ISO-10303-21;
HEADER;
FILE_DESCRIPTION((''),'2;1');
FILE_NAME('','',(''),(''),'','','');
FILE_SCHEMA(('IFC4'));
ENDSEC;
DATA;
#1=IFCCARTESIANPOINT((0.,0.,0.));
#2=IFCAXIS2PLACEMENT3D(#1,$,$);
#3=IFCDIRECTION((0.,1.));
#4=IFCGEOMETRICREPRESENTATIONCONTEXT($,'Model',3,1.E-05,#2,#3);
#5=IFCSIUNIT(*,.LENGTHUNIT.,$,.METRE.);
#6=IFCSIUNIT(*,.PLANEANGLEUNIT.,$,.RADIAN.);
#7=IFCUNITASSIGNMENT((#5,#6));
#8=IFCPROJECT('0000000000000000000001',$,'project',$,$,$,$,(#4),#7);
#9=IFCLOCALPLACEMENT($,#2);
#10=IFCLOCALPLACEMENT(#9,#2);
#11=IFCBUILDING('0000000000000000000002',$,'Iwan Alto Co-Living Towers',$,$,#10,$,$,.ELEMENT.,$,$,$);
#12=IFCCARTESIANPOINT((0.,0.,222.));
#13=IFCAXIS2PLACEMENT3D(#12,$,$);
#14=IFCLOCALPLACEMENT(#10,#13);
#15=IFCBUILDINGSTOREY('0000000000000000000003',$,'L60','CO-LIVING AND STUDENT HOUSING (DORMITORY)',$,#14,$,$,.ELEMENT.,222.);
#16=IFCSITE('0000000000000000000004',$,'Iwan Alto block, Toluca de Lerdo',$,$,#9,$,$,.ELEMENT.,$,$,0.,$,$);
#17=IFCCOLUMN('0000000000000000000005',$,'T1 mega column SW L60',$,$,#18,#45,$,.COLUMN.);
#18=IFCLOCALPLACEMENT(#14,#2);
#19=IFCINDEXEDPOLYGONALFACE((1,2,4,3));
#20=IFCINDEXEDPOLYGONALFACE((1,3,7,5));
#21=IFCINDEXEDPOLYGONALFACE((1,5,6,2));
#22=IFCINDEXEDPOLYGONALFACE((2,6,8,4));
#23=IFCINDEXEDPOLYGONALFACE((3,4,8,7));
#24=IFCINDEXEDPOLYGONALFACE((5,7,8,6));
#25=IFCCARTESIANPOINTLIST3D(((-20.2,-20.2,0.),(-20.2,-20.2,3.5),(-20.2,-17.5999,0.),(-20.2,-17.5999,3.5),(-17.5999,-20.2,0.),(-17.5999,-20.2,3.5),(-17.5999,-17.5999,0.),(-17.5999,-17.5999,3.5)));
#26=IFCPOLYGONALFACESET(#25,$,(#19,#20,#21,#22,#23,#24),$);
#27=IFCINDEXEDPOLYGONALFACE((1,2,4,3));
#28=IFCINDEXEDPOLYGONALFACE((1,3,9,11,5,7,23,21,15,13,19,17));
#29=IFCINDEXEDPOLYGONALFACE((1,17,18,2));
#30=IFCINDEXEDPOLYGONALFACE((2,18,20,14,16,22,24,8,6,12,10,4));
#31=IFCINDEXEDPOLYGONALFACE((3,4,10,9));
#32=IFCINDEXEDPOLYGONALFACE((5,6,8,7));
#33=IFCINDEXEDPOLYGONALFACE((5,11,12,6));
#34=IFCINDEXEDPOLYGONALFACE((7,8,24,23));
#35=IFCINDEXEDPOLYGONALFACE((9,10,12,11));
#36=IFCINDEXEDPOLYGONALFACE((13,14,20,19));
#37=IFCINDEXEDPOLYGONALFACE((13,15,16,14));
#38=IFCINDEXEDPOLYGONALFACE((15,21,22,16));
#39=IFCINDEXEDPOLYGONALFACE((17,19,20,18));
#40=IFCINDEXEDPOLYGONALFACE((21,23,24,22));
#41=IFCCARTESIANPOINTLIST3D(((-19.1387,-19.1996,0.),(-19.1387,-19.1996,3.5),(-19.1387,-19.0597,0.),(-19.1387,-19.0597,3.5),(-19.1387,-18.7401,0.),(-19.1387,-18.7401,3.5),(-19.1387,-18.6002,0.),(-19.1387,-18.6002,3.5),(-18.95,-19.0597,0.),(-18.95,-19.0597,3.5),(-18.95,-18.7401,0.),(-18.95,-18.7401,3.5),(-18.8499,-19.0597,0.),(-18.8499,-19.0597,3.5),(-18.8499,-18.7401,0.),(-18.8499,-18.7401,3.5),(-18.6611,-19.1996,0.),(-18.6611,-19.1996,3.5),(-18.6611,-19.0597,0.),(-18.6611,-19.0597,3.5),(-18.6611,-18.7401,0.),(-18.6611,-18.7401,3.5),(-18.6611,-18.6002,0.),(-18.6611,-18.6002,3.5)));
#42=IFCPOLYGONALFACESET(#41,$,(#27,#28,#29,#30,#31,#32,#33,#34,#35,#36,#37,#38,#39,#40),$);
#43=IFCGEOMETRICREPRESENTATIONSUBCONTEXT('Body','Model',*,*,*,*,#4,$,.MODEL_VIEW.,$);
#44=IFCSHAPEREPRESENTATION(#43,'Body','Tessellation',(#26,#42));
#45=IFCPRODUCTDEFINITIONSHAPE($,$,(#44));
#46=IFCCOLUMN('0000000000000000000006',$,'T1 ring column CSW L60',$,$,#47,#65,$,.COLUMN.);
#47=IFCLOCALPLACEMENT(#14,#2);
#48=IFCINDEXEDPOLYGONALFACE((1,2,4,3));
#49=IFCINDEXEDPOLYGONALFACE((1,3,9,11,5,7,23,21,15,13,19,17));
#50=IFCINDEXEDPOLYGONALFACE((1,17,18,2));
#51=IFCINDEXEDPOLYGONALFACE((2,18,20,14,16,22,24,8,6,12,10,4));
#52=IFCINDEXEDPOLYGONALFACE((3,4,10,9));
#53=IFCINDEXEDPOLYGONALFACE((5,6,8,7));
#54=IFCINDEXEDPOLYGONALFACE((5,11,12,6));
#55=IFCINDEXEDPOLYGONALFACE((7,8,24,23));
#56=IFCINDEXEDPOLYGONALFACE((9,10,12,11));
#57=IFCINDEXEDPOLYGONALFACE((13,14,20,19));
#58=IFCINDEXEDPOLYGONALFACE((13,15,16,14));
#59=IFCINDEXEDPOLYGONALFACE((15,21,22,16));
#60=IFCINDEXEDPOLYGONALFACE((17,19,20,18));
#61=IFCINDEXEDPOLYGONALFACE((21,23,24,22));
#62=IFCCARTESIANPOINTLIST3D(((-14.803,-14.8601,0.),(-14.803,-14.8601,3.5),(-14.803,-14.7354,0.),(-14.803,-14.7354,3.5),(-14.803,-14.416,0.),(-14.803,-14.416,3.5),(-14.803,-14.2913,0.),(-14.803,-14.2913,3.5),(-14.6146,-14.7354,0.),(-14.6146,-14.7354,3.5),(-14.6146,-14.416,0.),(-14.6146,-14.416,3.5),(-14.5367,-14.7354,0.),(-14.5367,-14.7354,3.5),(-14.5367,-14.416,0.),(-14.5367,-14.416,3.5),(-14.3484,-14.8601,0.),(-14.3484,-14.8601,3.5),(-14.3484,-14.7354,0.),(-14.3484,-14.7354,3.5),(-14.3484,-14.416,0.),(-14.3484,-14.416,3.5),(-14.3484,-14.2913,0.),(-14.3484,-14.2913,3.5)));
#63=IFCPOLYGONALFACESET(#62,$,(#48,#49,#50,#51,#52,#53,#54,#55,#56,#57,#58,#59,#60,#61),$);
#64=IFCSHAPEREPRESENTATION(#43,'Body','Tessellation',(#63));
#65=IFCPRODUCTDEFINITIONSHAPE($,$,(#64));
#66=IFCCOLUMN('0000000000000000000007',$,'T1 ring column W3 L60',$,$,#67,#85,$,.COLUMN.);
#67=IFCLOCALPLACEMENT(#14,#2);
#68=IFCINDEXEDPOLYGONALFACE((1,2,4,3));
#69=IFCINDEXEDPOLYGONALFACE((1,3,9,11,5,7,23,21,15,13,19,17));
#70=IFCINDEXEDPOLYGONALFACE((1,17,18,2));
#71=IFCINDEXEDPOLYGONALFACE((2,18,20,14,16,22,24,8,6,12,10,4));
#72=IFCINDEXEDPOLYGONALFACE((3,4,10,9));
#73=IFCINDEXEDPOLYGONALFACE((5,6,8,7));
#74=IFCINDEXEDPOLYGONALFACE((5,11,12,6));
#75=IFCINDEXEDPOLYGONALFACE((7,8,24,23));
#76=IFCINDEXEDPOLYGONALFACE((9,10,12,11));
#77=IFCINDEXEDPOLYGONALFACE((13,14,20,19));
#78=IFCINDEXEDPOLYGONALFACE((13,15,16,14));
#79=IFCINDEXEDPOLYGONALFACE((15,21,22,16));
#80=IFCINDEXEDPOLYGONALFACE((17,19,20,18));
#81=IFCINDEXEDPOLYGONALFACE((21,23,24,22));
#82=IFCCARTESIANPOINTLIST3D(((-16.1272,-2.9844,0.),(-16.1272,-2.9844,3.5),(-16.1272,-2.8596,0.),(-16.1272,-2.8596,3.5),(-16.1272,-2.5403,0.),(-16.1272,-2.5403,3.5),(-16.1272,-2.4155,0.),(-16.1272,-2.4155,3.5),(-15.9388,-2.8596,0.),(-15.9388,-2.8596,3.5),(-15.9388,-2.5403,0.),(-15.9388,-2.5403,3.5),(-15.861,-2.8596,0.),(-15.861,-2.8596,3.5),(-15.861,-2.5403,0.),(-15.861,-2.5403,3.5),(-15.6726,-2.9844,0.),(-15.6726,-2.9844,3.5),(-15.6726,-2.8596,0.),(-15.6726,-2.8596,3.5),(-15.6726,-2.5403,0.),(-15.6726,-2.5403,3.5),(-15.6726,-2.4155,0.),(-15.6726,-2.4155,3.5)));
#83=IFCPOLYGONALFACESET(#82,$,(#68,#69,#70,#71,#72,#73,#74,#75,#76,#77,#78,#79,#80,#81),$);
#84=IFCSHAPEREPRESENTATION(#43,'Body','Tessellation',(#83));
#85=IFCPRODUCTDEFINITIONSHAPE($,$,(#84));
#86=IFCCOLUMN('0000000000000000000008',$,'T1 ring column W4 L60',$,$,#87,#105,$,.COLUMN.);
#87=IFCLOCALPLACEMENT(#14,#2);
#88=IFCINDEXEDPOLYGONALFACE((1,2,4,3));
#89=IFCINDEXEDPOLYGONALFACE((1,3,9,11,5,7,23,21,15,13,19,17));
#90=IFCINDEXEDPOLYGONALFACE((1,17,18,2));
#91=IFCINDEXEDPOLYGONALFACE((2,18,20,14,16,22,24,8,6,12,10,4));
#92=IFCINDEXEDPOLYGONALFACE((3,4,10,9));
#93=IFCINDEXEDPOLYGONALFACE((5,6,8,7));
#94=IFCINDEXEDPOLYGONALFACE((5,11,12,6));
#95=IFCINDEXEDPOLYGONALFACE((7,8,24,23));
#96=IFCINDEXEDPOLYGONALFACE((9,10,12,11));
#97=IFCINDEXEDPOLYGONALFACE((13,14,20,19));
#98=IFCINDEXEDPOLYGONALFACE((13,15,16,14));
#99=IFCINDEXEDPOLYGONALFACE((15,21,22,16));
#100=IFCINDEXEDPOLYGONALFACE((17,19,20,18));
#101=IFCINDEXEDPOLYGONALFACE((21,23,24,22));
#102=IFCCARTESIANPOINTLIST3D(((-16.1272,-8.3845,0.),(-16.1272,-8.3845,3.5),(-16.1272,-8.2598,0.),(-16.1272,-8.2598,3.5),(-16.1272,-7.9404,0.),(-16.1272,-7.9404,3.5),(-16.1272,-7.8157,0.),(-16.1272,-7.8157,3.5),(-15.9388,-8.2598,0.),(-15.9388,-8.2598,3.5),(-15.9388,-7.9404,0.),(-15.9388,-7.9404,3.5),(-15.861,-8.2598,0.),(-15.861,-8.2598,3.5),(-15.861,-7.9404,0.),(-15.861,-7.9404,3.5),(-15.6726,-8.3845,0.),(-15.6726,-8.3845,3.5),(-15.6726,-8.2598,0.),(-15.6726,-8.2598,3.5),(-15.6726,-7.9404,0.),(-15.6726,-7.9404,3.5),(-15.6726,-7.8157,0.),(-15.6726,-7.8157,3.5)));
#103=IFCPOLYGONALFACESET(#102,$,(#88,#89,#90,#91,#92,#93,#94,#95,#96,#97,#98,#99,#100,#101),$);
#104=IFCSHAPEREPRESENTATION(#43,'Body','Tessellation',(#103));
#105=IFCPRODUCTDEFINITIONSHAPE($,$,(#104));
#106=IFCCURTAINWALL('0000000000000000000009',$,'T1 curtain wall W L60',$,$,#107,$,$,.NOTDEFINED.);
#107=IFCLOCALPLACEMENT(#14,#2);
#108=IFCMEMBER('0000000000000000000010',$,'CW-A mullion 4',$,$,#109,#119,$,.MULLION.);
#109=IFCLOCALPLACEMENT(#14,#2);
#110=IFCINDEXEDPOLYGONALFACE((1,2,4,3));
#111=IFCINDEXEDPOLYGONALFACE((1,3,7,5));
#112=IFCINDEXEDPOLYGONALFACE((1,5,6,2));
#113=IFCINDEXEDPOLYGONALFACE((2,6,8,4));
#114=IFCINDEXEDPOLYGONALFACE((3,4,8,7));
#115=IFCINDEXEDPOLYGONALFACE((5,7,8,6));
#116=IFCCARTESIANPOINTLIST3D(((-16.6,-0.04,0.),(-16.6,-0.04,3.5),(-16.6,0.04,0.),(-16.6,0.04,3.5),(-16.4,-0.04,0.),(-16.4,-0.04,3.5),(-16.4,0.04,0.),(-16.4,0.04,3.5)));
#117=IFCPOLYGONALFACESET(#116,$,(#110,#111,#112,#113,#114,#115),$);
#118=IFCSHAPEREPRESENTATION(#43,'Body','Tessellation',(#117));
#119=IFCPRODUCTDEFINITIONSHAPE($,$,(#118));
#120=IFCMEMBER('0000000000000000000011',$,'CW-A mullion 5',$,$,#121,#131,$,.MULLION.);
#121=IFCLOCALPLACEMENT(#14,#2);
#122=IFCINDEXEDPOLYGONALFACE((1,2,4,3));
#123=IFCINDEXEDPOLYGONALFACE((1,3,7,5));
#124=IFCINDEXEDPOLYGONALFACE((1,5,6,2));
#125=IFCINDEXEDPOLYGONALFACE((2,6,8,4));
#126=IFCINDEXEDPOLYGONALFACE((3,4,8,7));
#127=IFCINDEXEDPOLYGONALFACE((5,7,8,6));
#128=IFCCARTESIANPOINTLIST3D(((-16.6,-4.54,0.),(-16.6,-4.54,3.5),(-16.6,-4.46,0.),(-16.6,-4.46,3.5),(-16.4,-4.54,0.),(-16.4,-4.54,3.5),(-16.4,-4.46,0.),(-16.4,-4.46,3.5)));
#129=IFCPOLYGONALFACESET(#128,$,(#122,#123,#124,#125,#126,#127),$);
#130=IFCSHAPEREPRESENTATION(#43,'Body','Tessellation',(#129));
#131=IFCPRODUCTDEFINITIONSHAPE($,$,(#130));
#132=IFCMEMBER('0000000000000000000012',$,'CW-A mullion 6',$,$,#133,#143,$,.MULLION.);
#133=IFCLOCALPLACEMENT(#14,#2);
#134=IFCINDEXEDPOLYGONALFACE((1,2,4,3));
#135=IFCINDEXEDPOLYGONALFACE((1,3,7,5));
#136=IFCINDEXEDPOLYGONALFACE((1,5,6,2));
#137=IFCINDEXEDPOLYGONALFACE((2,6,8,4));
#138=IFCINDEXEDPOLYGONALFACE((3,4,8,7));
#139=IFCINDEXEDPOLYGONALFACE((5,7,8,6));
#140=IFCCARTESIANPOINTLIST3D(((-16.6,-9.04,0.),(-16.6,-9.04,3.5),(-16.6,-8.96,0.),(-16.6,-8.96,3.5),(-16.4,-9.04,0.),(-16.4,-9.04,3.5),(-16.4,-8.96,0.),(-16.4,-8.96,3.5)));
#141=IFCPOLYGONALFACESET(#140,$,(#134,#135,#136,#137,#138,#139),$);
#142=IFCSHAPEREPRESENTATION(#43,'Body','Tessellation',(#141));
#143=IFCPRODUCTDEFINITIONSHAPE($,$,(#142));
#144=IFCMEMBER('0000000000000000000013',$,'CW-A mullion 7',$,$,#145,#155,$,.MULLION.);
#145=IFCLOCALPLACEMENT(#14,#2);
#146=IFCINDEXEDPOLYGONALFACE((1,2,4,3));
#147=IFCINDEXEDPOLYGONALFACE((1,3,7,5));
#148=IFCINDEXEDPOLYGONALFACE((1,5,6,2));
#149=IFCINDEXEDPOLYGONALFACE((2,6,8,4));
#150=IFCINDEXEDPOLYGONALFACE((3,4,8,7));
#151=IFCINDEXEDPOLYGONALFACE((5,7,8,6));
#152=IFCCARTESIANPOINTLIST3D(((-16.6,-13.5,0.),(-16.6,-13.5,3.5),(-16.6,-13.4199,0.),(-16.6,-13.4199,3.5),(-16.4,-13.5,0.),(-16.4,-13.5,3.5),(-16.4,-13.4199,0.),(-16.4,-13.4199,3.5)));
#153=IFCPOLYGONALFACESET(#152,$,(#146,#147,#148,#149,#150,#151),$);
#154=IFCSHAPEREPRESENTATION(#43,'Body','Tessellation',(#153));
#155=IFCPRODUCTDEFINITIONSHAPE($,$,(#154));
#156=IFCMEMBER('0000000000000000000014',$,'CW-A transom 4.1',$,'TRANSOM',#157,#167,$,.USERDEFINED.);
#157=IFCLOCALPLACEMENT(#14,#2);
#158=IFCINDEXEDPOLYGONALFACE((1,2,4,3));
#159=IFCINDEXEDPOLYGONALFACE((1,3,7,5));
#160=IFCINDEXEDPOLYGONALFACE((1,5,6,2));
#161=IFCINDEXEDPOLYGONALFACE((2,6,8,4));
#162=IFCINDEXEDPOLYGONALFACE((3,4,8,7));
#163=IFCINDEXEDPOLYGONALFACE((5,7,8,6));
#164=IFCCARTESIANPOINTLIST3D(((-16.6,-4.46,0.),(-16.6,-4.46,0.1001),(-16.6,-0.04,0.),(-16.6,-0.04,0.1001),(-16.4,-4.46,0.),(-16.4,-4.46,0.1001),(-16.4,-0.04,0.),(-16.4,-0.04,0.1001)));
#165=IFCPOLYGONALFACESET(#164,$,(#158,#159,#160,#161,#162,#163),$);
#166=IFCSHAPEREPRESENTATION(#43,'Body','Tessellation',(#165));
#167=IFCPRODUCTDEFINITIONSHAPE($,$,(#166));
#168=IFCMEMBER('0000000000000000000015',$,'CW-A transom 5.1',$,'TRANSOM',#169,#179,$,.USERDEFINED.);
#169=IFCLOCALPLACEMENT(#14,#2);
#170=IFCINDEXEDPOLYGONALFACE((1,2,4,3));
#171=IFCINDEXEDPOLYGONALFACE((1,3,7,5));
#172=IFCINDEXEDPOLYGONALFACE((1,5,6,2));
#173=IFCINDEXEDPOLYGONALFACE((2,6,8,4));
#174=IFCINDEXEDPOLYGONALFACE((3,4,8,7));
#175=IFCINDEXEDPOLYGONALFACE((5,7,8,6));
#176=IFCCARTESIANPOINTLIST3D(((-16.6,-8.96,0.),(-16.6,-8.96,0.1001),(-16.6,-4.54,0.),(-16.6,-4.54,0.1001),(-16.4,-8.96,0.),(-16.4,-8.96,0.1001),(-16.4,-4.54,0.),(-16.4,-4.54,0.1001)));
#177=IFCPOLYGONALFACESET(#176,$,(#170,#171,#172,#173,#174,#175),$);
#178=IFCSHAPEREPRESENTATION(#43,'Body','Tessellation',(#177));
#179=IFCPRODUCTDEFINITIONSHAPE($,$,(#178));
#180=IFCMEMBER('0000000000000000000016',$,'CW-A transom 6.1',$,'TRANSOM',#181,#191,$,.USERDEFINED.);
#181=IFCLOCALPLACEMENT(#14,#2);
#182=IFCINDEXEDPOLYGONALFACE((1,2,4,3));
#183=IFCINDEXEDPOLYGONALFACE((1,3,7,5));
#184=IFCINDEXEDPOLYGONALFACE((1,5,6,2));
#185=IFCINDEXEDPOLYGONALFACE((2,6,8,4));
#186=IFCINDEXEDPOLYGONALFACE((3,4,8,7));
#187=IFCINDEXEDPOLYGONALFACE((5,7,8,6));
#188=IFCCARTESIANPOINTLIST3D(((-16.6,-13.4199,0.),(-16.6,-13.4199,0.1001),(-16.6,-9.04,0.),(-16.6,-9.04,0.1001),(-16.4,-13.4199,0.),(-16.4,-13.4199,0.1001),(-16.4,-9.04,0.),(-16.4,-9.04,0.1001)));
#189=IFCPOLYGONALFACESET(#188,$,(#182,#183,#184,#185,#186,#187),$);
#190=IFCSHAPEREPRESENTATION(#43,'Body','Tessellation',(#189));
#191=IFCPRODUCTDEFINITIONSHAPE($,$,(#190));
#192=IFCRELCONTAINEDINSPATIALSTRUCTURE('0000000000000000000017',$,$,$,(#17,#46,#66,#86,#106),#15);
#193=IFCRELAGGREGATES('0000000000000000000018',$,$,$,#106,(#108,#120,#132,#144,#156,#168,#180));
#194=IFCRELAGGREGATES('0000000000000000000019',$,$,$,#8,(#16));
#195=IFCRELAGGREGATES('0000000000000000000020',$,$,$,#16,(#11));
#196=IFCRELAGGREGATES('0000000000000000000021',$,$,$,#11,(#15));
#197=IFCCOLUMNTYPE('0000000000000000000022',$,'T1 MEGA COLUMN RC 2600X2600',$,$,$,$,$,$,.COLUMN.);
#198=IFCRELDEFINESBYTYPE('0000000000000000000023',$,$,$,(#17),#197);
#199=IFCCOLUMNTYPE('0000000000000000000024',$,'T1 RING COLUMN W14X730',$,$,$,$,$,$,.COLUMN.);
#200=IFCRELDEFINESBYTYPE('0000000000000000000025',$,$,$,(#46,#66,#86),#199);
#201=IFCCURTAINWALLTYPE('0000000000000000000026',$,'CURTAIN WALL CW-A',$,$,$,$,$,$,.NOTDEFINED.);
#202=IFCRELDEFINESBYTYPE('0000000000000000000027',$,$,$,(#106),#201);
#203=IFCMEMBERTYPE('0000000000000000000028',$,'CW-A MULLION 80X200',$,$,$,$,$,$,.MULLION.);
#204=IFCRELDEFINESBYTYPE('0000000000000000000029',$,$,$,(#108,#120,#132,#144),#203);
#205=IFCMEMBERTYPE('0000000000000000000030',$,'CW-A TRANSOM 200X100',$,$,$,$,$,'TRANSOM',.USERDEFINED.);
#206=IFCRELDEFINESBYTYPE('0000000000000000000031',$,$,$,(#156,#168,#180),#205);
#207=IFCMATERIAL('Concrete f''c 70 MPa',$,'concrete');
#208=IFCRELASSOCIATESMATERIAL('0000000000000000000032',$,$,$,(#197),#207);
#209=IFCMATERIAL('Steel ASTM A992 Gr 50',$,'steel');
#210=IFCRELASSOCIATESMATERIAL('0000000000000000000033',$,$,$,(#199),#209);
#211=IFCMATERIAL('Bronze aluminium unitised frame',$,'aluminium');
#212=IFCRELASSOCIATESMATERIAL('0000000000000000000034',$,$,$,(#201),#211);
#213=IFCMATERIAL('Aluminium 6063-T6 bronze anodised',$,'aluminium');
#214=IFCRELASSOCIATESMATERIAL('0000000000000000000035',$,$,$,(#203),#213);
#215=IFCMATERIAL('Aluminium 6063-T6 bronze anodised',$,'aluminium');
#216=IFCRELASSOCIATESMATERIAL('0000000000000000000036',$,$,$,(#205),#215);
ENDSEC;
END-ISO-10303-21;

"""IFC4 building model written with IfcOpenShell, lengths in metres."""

from ifc_helpers import new_model, si_unit, direction, frame, origin, origin_2d, place, context, subcontext, project, spatial, rectangle, i_section, extrude, material, material_profile, profile_set, type_object, element, aggregate, save


model = new_model("IFC4")

# Units and contexts
model_context = context("Model", 3, precision=1e-05, world=origin(), true_north=direction((0.0, 1.0)))
body_context = subcontext(model_context, "Body", "Model", "MODEL_VIEW")
ifc_project = project(units=[si_unit("LENGTHUNIT", "METRE"), si_unit("PLANEANGLEUNIT", "RADIAN")], contexts=[model_context])

# Site, building, storey
site_placement = place(None, origin())
site = spatial("IfcSite", under=ifc_project, at=site_placement, Name="Iwan Alto block, Toluca de Lerdo", CompositionType="ELEMENT", RefElevation=0.0)
building_placement = place(site_placement, origin())
building = spatial("IfcBuilding", under=site, at=building_placement, Name="Iwan Alto Co-Living Towers", CompositionType="ELEMENT")
storey_placement = place(building_placement, frame((0.0, 0.0, 222.0)))
storey = spatial("IfcBuildingStorey", under=building, at=storey_placement, Name="L60", Description="CO-LIVING AND STUDENT HOUSING (DORMITORY)", CompositionType="ELEMENT", Elevation=222.0)

# Columns
ifc_material_1 = material(Name="Concrete f'c 70 MPa", Category="concrete")
ifc_material_profile_1 = material_profile(ifc_material_1, rectangle(XDim=2.6001, YDim=2.6001, at=origin_2d()), Name="RC 2600X2600")
ifc_profile_set_1 = profile_set([ifc_material_profile_1], Name="Concrete f'c 70 MPa")
column_type_1 = type_object("IfcColumnType", Name="T1 MEGA COLUMN RC 2600X2600", PredefinedType="COLUMN", material=ifc_profile_set_1)
column_placement = place(storey_placement, frame((-18.8999, -18.8999, 0.0), z_axis=(0.0, 0.0, 1.0), x_axis=(1.0, 0.0, 0.0)))
element("IfcColumn", 1, at=column_placement, inside=storey, type_object=column_type_1, Name="T1 mega column SW L60", PredefinedType="COLUMN", context=body_context, shape_type="SweptSolid", body=[
    extrude(rectangle(XDim=2.6001, YDim=2.6001, at=origin_2d()), origin(), (0.0, 0.0, 1.0), 3.5),
    extrude(i_section(OverallWidth=0.4775, OverallDepth=0.5994, WebThickness=0.1001, FlangeThickness=0.1399, at=origin_2d()), origin(), (0.0, 0.0, 1.0), 3.5),
])
ifc_material_2 = material(Name="Steel ASTM A992 Gr 50", Category="steel")
ifc_material_profile_2 = material_profile(ifc_material_2, i_section(OverallWidth=0.4546, OverallDepth=0.5688, WebThickness=0.0779, FlangeThickness=0.1248, at=origin_2d()), Name="W14X730")
ifc_profile_set_2 = profile_set([ifc_material_profile_2], Name="Steel ASTM A992 Gr 50")
column_type_2 = type_object("IfcColumnType", Name="T1 RING COLUMN W14X730", PredefinedType="COLUMN", material=ifc_profile_set_2)
for number, where, z_axis, x_axis, name in (
    (2, (-14.5757, -14.5757, 0.0), (0.0, 0.0, 1.0), (1.0, 0.0, 0.0), "T1 ring column CSW L60"),
    (3, (-15.8999, -2.7, 0.0), (0.0, 0.0, 1.0), (1.0, 0.0, 0.0), "T1 ring column W3 L60"),
    (4, (-15.8999, -8.1001, 0.0), (0.0, 0.0, 1.0), (1.0, 0.0, 0.0), "T1 ring column W4 L60"),
):
    element("IfcColumn", number, at=place(storey_placement, frame(where, z_axis=z_axis, x_axis=x_axis)), inside=storey, type_object=column_type_2, Name=name, PredefinedType="COLUMN", context=body_context, shape_type="SweptSolid", body=[
        extrude(i_section(OverallWidth=0.4546, OverallDepth=0.5688, WebThickness=0.0779, FlangeThickness=0.1248, at=origin_2d()), origin(), (0.0, 0.0, 1.0), 3.5),
    ])

# Curtain wall, members
ifc_material_3 = material(Name="Bronze aluminium unitised frame", Category="aluminium")
curtain_wall_type_1 = type_object("IfcCurtainWallType", Name="CURTAIN WALL CW-A", PredefinedType="NOTDEFINED", material=ifc_material_3)
curtain_wall_1_placement = place(storey_placement, origin())
curtain_wall_1 = element("IfcCurtainWall", 5, at=curtain_wall_1_placement, inside=storey, type_object=curtain_wall_type_1, Name="T1 curtain wall W L60", PredefinedType="NOTDEFINED")
ifc_material_4 = material(Name="Aluminium 6063-T6 bronze anodised", Category="aluminium")
ifc_material_profile_3 = material_profile(ifc_material_4, rectangle(XDim=0.2, YDim=0.0801, at=origin_2d()), Name="AL 80X200")
ifc_profile_set_3 = profile_set([ifc_material_profile_3], Name="Aluminium 6063-T6 bronze anodised")
member_type_1 = type_object("IfcMemberType", Name="CW-A MULLION 80X200", PredefinedType="MULLION", material=ifc_profile_set_3)
member_1_placement = place(storey_placement, frame((-16.5, 0.0, 0.0), z_axis=(0.0, 0.0, 1.0), x_axis=(1.0, 0.0, 0.0)))
member_1 = element("IfcMember", 6, at=member_1_placement, type_object=member_type_1, Name="CW-A mullion 4", PredefinedType="MULLION", context=body_context, shape_type="SweptSolid", body=[
    extrude(rectangle(XDim=0.2, YDim=0.0801, at=origin_2d()), origin(), (0.0, 0.0, 1.0), 3.5),
])
member_2_placement = place(storey_placement, frame((-16.5, -4.5, 0.0), z_axis=(0.0, 0.0, 1.0), x_axis=(1.0, 0.0, 0.0)))
member_2 = element("IfcMember", 7, at=member_2_placement, type_object=member_type_1, Name="CW-A mullion 5", PredefinedType="MULLION", context=body_context, shape_type="SweptSolid", body=[
    extrude(rectangle(XDim=0.2, YDim=0.0801, at=origin_2d()), origin(), (0.0, 0.0, 1.0), 3.5),
])
member_3_placement = place(storey_placement, frame((-16.5, -9.0, 0.0), z_axis=(0.0, 0.0, 1.0), x_axis=(1.0, 0.0, 0.0)))
member_3 = element("IfcMember", 8, at=member_3_placement, type_object=member_type_1, Name="CW-A mullion 6", PredefinedType="MULLION", context=body_context, shape_type="SweptSolid", body=[
    extrude(rectangle(XDim=0.2, YDim=0.0801, at=origin_2d()), origin(), (0.0, 0.0, 1.0), 3.5),
])
member_4_placement = place(storey_placement, frame((-16.5, -13.46, 0.0), z_axis=(0.0, 0.0, 1.0), x_axis=(1.0, 0.0, 0.0)))
member_4 = element("IfcMember", 9, at=member_4_placement, type_object=member_type_1, Name="CW-A mullion 7", PredefinedType="MULLION", context=body_context, shape_type="SweptSolid", body=[
    extrude(rectangle(XDim=0.2, YDim=0.0801, at=origin_2d()), origin(), (0.0, 0.0, 1.0), 3.5),
])
ifc_material_5 = material(Name="Aluminium 6063-T6 bronze anodised", Category="aluminium")
ifc_material_profile_4 = material_profile(ifc_material_5, rectangle(XDim=0.2, YDim=0.1001, at=origin_2d()), Name="AL 200X100")
ifc_profile_set_4 = profile_set([ifc_material_profile_4], Name="Aluminium 6063-T6 bronze anodised")
member_type_2 = type_object("IfcMemberType", Name="CW-A TRANSOM 200X100", ElementType="TRANSOM", PredefinedType="USERDEFINED", material=ifc_profile_set_4)
member_5_placement = place(storey_placement, frame((-16.5, -0.04, 0.05), z_axis=(0.0, -1.0, 0.0), x_axis=(1.0, 0.0, 0.0)))
member_5 = element("IfcMember", 10, at=member_5_placement, type_object=member_type_2, Name="CW-A transom 4.1", ObjectType="TRANSOM", PredefinedType="USERDEFINED", context=body_context, shape_type="SweptSolid", body=[
    extrude(rectangle(XDim=0.2, YDim=0.1001, at=origin_2d()), origin(), (0.0, 0.0, 1.0), 4.4199),
])
member_6_placement = place(storey_placement, frame((-16.5, -4.54, 0.05), z_axis=(0.0, -1.0, 0.0), x_axis=(1.0, 0.0, 0.0)))
member_6 = element("IfcMember", 11, at=member_6_placement, type_object=member_type_2, Name="CW-A transom 5.1", ObjectType="TRANSOM", PredefinedType="USERDEFINED", context=body_context, shape_type="SweptSolid", body=[
    extrude(rectangle(XDim=0.2, YDim=0.1001, at=origin_2d()), origin(), (0.0, 0.0, 1.0), 4.4199),
])
member_7_placement = place(storey_placement, frame((-16.5, -9.04, 0.05), z_axis=(0.0, -1.0, 0.0), x_axis=(1.0, 0.0, 0.0)))
member_7 = element("IfcMember", 12, at=member_7_placement, type_object=member_type_2, Name="CW-A transom 6.1", ObjectType="TRANSOM", PredefinedType="USERDEFINED", context=body_context, shape_type="SweptSolid", body=[
    extrude(rectangle(XDim=0.2, YDim=0.1001, at=origin_2d()), origin(), (0.0, 0.0, 1.0), 4.3799),
])

aggregate(curtain_wall_1, [member_1, member_2, member_3, member_4, member_5, member_6, member_7])

save(model, "model.ifc")
